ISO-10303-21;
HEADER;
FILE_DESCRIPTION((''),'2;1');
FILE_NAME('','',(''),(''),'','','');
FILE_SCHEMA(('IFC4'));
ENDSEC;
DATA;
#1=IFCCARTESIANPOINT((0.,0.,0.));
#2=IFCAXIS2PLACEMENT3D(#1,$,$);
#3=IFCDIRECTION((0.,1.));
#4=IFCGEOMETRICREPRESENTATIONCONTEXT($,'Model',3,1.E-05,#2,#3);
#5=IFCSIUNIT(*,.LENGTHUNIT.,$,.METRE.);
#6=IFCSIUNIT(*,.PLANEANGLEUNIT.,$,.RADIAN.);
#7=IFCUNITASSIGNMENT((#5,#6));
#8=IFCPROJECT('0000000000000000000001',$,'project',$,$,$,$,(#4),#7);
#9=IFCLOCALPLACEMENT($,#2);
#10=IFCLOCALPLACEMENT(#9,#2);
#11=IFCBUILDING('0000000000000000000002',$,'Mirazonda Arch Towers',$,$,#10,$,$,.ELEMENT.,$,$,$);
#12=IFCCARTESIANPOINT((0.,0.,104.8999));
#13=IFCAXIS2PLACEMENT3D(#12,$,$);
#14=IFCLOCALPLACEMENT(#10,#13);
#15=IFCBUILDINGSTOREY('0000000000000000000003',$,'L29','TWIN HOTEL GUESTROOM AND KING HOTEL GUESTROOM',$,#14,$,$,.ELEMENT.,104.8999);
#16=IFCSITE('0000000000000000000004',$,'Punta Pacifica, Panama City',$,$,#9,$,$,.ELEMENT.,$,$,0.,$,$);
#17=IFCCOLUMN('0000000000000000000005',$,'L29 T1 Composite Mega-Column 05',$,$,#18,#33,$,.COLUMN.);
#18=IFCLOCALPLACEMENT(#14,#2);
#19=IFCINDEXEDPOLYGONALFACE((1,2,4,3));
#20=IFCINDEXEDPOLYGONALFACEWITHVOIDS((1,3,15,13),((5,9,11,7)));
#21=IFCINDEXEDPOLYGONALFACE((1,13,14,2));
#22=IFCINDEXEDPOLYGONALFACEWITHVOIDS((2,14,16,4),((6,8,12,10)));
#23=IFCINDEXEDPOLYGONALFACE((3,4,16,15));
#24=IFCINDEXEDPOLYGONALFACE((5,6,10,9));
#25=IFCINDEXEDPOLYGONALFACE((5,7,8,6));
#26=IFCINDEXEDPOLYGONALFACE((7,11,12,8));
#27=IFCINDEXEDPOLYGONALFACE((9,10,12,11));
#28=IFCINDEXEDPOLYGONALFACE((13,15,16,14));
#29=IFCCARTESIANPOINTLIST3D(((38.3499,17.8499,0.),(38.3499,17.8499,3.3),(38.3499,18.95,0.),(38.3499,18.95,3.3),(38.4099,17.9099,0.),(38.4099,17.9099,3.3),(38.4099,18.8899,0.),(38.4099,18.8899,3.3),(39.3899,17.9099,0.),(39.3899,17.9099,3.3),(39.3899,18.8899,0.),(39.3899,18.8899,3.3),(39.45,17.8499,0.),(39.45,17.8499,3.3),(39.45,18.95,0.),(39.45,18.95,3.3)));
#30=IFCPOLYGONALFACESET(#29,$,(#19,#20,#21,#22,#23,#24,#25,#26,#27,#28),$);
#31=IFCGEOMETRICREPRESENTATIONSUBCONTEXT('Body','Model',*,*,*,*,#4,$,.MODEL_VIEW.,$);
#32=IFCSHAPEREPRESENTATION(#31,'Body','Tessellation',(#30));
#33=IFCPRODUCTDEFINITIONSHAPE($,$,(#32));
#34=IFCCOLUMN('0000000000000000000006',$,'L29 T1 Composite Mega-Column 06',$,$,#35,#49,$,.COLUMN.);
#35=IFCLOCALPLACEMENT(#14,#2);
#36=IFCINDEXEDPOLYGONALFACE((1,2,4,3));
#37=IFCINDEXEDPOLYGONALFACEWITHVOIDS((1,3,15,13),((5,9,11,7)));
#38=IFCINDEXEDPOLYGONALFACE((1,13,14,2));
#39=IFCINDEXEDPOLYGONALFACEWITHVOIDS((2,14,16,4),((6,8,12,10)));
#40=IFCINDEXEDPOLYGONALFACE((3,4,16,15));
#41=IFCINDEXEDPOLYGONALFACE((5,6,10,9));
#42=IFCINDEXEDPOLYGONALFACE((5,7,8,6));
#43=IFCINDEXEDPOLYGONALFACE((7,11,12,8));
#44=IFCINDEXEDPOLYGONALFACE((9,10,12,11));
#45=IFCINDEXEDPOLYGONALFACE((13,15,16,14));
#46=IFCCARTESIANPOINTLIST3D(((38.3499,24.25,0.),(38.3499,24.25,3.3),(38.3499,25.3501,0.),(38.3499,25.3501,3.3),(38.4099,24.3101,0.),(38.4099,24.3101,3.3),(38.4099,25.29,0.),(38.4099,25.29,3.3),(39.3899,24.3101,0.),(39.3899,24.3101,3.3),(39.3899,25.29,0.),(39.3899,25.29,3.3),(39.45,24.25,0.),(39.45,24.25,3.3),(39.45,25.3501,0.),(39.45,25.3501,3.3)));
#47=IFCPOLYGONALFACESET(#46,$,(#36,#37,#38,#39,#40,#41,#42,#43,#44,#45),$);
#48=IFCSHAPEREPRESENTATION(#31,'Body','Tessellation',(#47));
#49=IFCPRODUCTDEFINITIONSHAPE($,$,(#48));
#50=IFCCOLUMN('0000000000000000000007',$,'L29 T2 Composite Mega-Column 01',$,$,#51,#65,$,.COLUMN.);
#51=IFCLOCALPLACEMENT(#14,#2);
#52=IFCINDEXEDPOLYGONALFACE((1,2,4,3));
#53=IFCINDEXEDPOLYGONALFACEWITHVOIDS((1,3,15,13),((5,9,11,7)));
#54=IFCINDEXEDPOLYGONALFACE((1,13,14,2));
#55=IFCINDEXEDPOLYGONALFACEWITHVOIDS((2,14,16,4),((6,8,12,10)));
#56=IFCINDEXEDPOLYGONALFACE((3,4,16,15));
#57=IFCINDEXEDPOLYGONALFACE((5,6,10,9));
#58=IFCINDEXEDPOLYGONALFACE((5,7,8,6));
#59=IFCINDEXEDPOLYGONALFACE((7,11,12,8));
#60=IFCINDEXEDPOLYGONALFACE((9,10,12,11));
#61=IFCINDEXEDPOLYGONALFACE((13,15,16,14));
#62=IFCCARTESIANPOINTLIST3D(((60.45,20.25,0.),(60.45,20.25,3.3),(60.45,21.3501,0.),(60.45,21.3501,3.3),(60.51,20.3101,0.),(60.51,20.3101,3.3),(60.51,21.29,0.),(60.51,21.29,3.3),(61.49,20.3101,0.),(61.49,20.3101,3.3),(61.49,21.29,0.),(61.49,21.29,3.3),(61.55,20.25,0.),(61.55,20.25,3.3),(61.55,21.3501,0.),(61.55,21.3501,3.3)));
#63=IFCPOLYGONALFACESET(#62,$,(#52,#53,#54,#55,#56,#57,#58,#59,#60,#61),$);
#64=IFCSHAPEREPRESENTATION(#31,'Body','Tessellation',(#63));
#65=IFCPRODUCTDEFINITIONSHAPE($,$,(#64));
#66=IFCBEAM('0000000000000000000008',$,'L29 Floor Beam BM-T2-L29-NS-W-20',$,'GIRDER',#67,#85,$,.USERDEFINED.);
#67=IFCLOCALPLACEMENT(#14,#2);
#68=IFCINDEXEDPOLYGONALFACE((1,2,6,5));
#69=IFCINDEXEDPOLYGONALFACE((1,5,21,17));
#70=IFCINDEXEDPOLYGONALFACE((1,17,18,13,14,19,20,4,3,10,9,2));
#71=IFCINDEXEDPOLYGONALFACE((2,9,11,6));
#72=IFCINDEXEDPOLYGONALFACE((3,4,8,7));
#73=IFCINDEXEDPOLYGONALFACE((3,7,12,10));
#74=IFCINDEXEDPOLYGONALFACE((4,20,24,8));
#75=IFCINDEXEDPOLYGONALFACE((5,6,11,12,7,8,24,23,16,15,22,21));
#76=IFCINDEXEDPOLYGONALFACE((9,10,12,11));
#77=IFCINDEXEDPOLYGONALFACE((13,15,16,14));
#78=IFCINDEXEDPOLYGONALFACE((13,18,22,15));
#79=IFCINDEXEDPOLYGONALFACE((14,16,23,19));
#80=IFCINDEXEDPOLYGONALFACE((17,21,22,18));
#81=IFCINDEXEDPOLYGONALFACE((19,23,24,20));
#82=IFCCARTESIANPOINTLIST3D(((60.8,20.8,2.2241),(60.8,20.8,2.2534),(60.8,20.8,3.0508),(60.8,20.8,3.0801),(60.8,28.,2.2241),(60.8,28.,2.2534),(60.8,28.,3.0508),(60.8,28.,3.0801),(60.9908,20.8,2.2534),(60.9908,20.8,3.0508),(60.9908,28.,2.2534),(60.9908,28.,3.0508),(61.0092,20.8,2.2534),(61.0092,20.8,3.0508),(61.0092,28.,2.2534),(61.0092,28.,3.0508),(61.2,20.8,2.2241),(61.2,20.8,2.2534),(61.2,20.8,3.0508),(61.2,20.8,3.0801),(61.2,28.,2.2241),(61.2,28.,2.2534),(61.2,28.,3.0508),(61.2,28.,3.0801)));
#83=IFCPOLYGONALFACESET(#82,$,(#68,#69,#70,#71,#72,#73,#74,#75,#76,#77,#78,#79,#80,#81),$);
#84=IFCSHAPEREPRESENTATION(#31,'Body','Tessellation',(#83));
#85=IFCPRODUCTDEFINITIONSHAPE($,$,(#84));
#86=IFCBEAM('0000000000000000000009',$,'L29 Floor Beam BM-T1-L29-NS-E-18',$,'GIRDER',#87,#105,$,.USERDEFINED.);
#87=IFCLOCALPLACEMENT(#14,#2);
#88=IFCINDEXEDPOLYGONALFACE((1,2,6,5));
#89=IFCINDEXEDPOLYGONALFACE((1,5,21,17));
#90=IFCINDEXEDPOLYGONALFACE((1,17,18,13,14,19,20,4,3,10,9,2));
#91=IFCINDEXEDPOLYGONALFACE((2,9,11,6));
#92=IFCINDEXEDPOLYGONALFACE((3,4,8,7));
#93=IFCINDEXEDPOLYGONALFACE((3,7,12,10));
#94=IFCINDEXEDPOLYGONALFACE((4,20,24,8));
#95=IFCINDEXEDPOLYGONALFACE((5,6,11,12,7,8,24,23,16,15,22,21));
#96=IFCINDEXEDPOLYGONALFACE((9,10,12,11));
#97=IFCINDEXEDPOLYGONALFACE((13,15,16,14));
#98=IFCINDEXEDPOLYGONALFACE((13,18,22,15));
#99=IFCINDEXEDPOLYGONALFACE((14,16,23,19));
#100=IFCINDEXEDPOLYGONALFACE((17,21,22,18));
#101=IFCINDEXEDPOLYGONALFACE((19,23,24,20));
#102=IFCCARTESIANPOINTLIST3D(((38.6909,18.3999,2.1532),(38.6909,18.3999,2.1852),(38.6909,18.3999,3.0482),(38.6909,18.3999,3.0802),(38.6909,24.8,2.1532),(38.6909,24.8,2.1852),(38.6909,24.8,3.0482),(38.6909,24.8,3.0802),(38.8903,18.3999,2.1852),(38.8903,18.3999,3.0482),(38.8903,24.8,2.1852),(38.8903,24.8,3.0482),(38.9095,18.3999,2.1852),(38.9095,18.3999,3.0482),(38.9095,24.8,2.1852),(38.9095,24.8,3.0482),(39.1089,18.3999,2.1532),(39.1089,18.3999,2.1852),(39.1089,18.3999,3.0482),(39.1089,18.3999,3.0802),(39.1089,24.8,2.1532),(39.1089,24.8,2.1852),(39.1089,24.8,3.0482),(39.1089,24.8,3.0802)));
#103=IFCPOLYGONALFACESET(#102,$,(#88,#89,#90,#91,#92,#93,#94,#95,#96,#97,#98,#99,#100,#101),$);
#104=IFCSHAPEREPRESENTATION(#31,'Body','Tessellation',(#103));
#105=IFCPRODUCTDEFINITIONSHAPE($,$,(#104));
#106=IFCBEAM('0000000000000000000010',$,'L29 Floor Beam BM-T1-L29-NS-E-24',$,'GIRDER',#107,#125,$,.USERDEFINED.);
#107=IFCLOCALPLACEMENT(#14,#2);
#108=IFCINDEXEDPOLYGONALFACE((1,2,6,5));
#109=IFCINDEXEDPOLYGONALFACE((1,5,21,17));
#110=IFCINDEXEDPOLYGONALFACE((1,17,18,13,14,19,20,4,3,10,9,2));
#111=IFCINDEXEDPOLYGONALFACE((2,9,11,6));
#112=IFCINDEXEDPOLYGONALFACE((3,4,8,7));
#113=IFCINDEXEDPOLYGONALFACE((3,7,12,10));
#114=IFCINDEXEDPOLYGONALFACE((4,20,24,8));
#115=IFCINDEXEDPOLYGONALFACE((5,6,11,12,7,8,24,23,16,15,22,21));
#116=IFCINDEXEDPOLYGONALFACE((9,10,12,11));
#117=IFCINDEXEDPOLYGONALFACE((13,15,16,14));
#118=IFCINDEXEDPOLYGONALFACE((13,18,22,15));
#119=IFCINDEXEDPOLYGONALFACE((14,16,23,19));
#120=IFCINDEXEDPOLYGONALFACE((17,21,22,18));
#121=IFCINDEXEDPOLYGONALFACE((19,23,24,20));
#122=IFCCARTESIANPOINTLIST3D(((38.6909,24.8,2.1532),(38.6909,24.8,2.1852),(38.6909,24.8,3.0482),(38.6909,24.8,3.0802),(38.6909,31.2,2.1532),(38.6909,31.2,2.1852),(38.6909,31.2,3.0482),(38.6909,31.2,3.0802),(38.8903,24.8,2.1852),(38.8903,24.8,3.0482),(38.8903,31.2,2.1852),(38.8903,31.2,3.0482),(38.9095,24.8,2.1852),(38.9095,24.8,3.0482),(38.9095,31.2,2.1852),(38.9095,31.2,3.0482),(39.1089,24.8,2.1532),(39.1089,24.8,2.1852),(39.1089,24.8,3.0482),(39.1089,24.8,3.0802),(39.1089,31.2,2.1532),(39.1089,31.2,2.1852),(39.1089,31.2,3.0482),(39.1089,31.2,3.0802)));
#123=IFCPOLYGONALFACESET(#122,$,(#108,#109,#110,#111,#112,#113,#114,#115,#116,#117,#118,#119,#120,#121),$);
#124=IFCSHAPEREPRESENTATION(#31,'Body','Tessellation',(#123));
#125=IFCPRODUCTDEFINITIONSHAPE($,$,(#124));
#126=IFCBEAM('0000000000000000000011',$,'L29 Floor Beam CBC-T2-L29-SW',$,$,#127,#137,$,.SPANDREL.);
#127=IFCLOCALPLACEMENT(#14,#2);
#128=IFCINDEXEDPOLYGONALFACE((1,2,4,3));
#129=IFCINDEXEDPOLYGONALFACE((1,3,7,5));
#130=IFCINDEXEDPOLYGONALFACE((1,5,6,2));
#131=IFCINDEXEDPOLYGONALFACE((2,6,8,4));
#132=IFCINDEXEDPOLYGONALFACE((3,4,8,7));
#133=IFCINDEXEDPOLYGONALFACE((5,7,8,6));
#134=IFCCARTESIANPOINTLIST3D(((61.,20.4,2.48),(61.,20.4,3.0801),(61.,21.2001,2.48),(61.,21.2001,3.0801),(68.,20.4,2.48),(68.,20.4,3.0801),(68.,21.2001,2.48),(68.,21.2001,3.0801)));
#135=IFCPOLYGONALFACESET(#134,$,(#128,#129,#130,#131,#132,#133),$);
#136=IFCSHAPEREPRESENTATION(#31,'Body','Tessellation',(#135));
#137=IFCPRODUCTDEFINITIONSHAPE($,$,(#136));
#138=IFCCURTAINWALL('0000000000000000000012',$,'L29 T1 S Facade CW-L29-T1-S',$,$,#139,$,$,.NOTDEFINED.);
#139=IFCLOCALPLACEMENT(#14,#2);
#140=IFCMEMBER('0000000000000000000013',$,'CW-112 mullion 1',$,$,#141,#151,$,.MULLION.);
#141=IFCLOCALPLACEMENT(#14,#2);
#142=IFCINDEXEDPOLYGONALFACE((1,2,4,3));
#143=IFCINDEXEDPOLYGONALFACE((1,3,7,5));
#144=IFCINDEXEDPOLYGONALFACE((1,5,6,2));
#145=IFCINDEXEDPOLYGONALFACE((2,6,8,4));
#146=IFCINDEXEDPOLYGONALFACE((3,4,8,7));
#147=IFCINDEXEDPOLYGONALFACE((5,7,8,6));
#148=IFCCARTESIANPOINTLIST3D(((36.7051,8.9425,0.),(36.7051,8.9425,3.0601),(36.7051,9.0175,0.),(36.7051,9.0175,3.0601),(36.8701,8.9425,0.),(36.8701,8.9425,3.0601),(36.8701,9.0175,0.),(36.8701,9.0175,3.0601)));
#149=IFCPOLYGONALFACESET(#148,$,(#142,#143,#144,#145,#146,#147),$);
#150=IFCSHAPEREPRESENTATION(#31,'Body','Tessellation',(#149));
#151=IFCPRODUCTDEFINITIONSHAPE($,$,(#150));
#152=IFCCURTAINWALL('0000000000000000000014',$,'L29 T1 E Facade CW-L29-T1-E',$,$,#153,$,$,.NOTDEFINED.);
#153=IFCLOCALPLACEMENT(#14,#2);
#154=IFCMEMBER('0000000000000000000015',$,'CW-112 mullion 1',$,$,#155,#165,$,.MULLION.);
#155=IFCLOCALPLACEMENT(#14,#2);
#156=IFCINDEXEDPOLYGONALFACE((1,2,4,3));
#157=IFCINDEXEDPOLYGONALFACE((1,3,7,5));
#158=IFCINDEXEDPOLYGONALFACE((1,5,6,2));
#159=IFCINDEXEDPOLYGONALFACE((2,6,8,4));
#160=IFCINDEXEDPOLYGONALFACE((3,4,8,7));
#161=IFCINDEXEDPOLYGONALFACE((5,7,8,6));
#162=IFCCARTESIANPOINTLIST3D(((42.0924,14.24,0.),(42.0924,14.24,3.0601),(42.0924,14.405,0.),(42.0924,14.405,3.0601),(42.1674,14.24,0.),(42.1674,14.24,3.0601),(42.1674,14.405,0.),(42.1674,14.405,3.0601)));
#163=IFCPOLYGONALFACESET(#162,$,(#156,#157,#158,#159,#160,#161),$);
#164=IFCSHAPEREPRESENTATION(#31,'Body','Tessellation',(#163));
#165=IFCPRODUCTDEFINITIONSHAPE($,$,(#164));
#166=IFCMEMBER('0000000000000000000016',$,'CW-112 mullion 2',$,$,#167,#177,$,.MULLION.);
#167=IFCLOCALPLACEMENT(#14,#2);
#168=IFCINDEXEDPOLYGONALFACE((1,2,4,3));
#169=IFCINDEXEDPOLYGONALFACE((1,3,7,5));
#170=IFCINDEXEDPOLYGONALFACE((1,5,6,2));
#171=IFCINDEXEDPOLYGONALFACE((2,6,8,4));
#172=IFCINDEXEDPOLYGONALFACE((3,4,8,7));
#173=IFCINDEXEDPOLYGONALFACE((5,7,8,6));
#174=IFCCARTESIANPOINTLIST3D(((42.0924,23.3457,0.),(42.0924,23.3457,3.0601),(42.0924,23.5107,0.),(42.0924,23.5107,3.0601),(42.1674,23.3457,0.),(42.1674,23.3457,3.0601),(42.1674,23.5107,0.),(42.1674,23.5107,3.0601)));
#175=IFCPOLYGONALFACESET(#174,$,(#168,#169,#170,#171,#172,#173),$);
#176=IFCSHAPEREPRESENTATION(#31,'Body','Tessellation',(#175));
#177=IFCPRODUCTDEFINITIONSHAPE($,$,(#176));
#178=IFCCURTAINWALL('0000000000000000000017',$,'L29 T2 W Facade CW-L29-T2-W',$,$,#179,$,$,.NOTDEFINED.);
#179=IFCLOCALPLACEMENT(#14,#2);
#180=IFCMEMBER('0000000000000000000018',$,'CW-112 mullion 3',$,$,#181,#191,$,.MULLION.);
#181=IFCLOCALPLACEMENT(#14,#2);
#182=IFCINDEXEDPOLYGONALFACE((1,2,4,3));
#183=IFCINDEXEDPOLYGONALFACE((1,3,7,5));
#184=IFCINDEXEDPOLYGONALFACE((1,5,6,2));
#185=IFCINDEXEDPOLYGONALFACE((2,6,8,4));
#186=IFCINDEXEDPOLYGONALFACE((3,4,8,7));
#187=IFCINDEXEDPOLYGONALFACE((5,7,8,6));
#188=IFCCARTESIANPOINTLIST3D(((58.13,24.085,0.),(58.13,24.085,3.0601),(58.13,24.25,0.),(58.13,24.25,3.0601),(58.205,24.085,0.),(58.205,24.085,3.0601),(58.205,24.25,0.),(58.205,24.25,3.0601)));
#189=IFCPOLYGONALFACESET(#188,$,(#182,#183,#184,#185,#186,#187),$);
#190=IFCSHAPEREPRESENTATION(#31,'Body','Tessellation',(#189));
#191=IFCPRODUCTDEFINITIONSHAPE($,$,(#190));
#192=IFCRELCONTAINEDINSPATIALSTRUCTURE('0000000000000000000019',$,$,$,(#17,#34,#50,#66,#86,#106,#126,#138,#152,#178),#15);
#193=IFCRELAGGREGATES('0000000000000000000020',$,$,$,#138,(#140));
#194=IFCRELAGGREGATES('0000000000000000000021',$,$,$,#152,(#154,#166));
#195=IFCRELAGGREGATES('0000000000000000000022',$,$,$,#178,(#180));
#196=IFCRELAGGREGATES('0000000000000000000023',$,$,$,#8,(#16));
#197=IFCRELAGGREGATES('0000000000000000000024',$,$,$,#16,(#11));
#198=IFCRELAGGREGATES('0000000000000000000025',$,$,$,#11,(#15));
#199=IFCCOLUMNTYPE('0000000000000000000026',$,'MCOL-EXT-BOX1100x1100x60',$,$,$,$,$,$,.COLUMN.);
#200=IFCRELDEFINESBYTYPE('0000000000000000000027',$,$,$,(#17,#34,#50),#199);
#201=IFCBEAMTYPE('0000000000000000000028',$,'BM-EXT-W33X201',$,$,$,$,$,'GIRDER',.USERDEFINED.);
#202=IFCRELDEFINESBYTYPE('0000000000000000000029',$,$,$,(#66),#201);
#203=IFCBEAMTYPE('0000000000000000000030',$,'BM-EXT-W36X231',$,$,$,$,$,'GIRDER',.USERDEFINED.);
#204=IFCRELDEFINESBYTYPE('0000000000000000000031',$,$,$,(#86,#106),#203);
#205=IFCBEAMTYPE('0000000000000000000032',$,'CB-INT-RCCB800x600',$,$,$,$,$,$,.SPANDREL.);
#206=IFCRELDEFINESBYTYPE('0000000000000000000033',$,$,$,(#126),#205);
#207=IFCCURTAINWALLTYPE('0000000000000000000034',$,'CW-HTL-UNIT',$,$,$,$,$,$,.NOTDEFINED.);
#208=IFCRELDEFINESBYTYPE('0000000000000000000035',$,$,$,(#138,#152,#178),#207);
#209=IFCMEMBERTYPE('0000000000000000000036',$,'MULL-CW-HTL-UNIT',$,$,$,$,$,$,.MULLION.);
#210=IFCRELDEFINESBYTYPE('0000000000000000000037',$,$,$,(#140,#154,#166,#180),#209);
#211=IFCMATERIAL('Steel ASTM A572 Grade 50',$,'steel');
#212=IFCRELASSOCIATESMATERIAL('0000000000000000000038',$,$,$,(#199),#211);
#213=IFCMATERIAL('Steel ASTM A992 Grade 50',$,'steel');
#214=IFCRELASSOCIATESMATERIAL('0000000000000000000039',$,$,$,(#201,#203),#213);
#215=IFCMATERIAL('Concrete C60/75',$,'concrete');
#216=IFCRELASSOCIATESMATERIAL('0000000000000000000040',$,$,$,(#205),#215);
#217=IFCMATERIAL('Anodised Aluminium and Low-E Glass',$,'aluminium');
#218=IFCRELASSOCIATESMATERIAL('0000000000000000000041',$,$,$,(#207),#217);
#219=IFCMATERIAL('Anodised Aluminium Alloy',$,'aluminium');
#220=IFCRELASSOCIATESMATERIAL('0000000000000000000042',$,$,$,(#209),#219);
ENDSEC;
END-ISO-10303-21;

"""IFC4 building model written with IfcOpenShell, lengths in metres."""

from ifc_helpers import new_model, si_unit, direction, frame, origin, origin_2d, place, context, subcontext, project, spatial, rectangle, hollow_rectangle, i_section, extrude, material, material_profile, profile_set, type_object, element, aggregate, save


model = new_model("IFC4")

# Units and contexts
model_context = context("Model", 3, precision=1e-05, world=origin(), true_north=direction((0.0, 1.0)))
body_context = subcontext(model_context, "Body", "Model", "MODEL_VIEW")
ifc_project = project(units=[si_unit("LENGTHUNIT", "METRE"), si_unit("PLANEANGLEUNIT", "RADIAN")], contexts=[model_context])

# Site, building, storey
site_placement = place(None, origin())
site = spatial("IfcSite", under=ifc_project, at=site_placement, Name="Punta Pacifica, Panama City", CompositionType="ELEMENT", RefElevation=0.0)
building_placement = place(site_placement, origin())
building = spatial("IfcBuilding", under=site, at=building_placement, Name="Mirazonda Arch Towers", CompositionType="ELEMENT")
storey_placement = place(building_placement, frame((0.0, 0.0, 104.8999)))
storey = spatial("IfcBuildingStorey", under=building, at=storey_placement, Name="L29", Description="TWIN HOTEL GUESTROOM AND KING HOTEL GUESTROOM", CompositionType="ELEMENT", Elevation=104.8999)

# Columns
ifc_material_1 = material(Name="Steel ASTM A572 Grade 50", Category="steel")
ifc_material_profile_1 = material_profile(ifc_material_1, hollow_rectangle(XDim=1.1001, YDim=1.1001, WallThickness=0.0601, at=origin_2d()), Name="BOX1100x1100x60")
ifc_profile_set_1 = profile_set([ifc_material_profile_1], Name="Steel ASTM A572 Grade 50")
column_type = type_object("IfcColumnType", Name="MCOL-EXT-BOX1100x1100x60", PredefinedType="COLUMN", material=ifc_profile_set_1)
for number, where, z_axis, x_axis, name in (
    (1, (38.8999, 18.3999, 0.0), (0.0, 0.0, 1.0), (1.0, 0.0, 0.0), "L29 T1 Composite Mega-Column 05"),
    (2, (38.8999, 24.8, 0.0), (0.0, 0.0, 1.0), (1.0, 0.0, 0.0), "L29 T1 Composite Mega-Column 06"),
    (3, (61.0, 20.8, 0.0), (0.0, 0.0, 1.0), (1.0, 0.0, 0.0), "L29 T2 Composite Mega-Column 01"),
):
    element("IfcColumn", number, at=place(storey_placement, frame(where, z_axis=z_axis, x_axis=x_axis)), inside=storey, type_object=column_type, Name=name, PredefinedType="COLUMN", context=body_context, shape_type="SweptSolid", body=[
        extrude(hollow_rectangle(XDim=1.1001, YDim=1.1001, WallThickness=0.0601, at=origin_2d()), origin(), (0.0, 0.0, 1.0), 3.3),
    ])

# Beams
ifc_material_2 = material(Name="Steel ASTM A992 Grade 50", Category="steel")
ifc_material_profile_2 = material_profile(ifc_material_2, i_section(OverallWidth=0.3999, OverallDepth=0.856, WebThickness=0.0183, FlangeThickness=0.0293, at=origin_2d()), Name="W33X201")
ifc_profile_set_2 = profile_set([ifc_material_profile_2], Name="Steel ASTM A992 Grade 50")
beam_type_1 = type_object("IfcBeamType", Name="BM-EXT-W33X201", ElementType="GIRDER", PredefinedType="USERDEFINED", material=ifc_profile_set_2)
beam_1_placement = place(storey_placement, frame((61.0, 20.8, 2.6521), z_axis=(0.0, 1.0, 0.0), x_axis=(-1.0, 0.0, 0.0)))
element("IfcBeam", 4, at=beam_1_placement, inside=storey, type_object=beam_type_1, Name="L29 Floor Beam BM-T2-L29-NS-W-20", ObjectType="GIRDER", PredefinedType="USERDEFINED", context=body_context, shape_type="SweptSolid", body=[
    extrude(i_section(OverallWidth=0.3999, OverallDepth=0.856, WebThickness=0.0183, FlangeThickness=0.0293, at=origin_2d()), origin(), (0.0, 0.0, 1.0), 7.2),
])
ifc_material_profile_3 = material_profile(ifc_material_2, i_section(OverallWidth=0.418, OverallDepth=0.927, WebThickness=0.0193, FlangeThickness=0.032, at=origin_2d()), Name="W36X231")
ifc_profile_set_3 = profile_set([ifc_material_profile_3], Name="Steel ASTM A992 Grade 50")
beam_type_2 = type_object("IfcBeamType", Name="BM-EXT-W36X231", ElementType="GIRDER", PredefinedType="USERDEFINED", material=ifc_profile_set_3)
beam_2_placement = place(storey_placement, frame((38.8999, 18.3999, 2.6167), z_axis=(0.0, 1.0, 0.0), x_axis=(-1.0, 0.0, 0.0)))
element("IfcBeam", 5, at=beam_2_placement, inside=storey, type_object=beam_type_2, Name="L29 Floor Beam BM-T1-L29-NS-E-18", ObjectType="GIRDER", PredefinedType="USERDEFINED", context=body_context, shape_type="SweptSolid", body=[
    extrude(i_section(OverallWidth=0.418, OverallDepth=0.927, WebThickness=0.0193, FlangeThickness=0.032, at=origin_2d()), origin(), (0.0, 0.0, 1.0), 6.4001),
])
beam_3_placement = place(storey_placement, frame((38.8999, 24.8, 2.6167), z_axis=(0.0, 1.0, 0.0), x_axis=(-1.0, 0.0, 0.0)))
element("IfcBeam", 6, at=beam_3_placement, inside=storey, type_object=beam_type_2, Name="L29 Floor Beam BM-T1-L29-NS-E-24", ObjectType="GIRDER", PredefinedType="USERDEFINED", context=body_context, shape_type="SweptSolid", body=[
    extrude(i_section(OverallWidth=0.418, OverallDepth=0.927, WebThickness=0.0193, FlangeThickness=0.032, at=origin_2d()), origin(), (0.0, 0.0, 1.0), 6.3999),
])
ifc_material_3 = material(Name="Concrete C60/75", Category="concrete")
ifc_material_profile_4 = material_profile(ifc_material_3, rectangle(XDim=0.8, YDim=0.6001, at=origin_2d()), Name="RCCB800x600")
ifc_profile_set_4 = profile_set([ifc_material_profile_4], Name="Concrete C60/75")
beam_type_3 = type_object("IfcBeamType", Name="CB-INT-RCCB800x600", PredefinedType="SPANDREL", material=ifc_profile_set_4)
beam_4_placement = place(storey_placement, frame((61.0, 20.8, 2.78), z_axis=(1.0, 0.0, 0.0), x_axis=(0.0, 1.0, 0.0)))
element("IfcBeam", 7, at=beam_4_placement, inside=storey, type_object=beam_type_3, Name="L29 Floor Beam CBC-T2-L29-SW", PredefinedType="SPANDREL", context=body_context, shape_type="SweptSolid", body=[
    extrude(rectangle(XDim=0.8, YDim=0.6001, at=origin_2d()), origin(), (0.0, 0.0, 1.0), 7.0),
])

# Curtain wall, member
ifc_material_4 = material(Name="Anodised Aluminium and Low-E Glass", Category="aluminium")
curtain_wall_type = type_object("IfcCurtainWallType", Name="CW-HTL-UNIT", PredefinedType="NOTDEFINED", material=ifc_material_4)
curtain_wall_1_placement = place(storey_placement, origin())
curtain_wall_1 = element("IfcCurtainWall", 8, at=curtain_wall_1_placement, inside=storey, type_object=curtain_wall_type, Name="L29 T1 S Facade CW-L29-T1-S", PredefinedType="NOTDEFINED")
ifc_material_5 = material(Name="Anodised Aluminium Alloy", Category="aluminium")
ifc_material_profile_5 = material_profile(ifc_material_5, rectangle(XDim=0.075, YDim=0.165, at=origin_2d()), Name="ALU-MULL-75x165")
ifc_profile_set_5 = profile_set([ifc_material_profile_5], Name="Anodised Aluminium Alloy")
member_type_1 = type_object("IfcMemberType", Name="MULL-CW-HTL-UNIT", PredefinedType="MULLION", material=ifc_profile_set_5)
member_1_placement = place(storey_placement, frame((36.7876, 8.98, 0.0), z_axis=(0.0, 0.0, 1.0), x_axis=(0.0, -1.0, 0.0)))
member_1 = element("IfcMember", 9, at=member_1_placement, type_object=member_type_1, Name="CW-112 mullion 1", PredefinedType="MULLION", context=body_context, shape_type="SweptSolid", body=[
    extrude(rectangle(XDim=0.075, YDim=0.165, at=origin_2d()), origin(), (0.0, 0.0, 1.0), 3.0601),
])

# Curtain walls, members
curtain_wall_2_placement = place(storey_placement, origin())
curtain_wall_2 = element("IfcCurtainWall", 10, at=curtain_wall_2_placement, inside=storey, type_object=curtain_wall_type, Name="L29 T1 E Facade CW-L29-T1-E", PredefinedType="NOTDEFINED")
member_2_placement = place(storey_placement, frame((42.1299, 14.3225, 0.0), z_axis=(0.0, 0.0, 1.0), x_axis=(-1.0, 0.0, 0.0)))
member_2 = element("IfcMember", 11, at=member_2_placement, type_object=member_type_1, Name="CW-112 mullion 1", PredefinedType="MULLION", context=body_context, shape_type="SweptSolid", body=[
    extrude(rectangle(XDim=0.075, YDim=0.165, at=origin_2d()), origin(), (0.0, 0.0, 1.0), 3.0601),
])
member_3_placement = place(storey_placement, frame((42.1299, 23.4282, 0.0), z_axis=(0.0, 0.0, 1.0), x_axis=(-1.0, 0.0, 0.0)))
member_3 = element("IfcMember", 12, at=member_3_placement, type_object=member_type_1, Name="CW-112 mullion 2", PredefinedType="MULLION", context=body_context, shape_type="SweptSolid", body=[
    extrude(rectangle(XDim=0.075, YDim=0.165, at=origin_2d()), origin(), (0.0, 0.0, 1.0), 3.0601),
])
curtain_wall_3_placement = place(storey_placement, origin())
curtain_wall_3 = element("IfcCurtainWall", 13, at=curtain_wall_3_placement, inside=storey, type_object=curtain_wall_type, Name="L29 T2 W Facade CW-L29-T2-W", PredefinedType="NOTDEFINED")
member_4_placement = place(storey_placement, frame((58.1675, 24.1675, 0.0), z_axis=(0.0, 0.0, 1.0), x_axis=(1.0, 0.0, 0.0)))
member_4 = element("IfcMember", 14, at=member_4_placement, type_object=member_type_1, Name="CW-112 mullion 3", PredefinedType="MULLION", context=body_context, shape_type="SweptSolid", body=[
    extrude(rectangle(XDim=0.075, YDim=0.165, at=origin_2d()), origin(), (0.0, 0.0, 1.0), 3.0601),
])

aggregate(curtain_wall_1, [member_1])

aggregate(curtain_wall_2, [member_2, member_3])
aggregate(curtain_wall_3, [member_4])

save(model, "model.ifc")
